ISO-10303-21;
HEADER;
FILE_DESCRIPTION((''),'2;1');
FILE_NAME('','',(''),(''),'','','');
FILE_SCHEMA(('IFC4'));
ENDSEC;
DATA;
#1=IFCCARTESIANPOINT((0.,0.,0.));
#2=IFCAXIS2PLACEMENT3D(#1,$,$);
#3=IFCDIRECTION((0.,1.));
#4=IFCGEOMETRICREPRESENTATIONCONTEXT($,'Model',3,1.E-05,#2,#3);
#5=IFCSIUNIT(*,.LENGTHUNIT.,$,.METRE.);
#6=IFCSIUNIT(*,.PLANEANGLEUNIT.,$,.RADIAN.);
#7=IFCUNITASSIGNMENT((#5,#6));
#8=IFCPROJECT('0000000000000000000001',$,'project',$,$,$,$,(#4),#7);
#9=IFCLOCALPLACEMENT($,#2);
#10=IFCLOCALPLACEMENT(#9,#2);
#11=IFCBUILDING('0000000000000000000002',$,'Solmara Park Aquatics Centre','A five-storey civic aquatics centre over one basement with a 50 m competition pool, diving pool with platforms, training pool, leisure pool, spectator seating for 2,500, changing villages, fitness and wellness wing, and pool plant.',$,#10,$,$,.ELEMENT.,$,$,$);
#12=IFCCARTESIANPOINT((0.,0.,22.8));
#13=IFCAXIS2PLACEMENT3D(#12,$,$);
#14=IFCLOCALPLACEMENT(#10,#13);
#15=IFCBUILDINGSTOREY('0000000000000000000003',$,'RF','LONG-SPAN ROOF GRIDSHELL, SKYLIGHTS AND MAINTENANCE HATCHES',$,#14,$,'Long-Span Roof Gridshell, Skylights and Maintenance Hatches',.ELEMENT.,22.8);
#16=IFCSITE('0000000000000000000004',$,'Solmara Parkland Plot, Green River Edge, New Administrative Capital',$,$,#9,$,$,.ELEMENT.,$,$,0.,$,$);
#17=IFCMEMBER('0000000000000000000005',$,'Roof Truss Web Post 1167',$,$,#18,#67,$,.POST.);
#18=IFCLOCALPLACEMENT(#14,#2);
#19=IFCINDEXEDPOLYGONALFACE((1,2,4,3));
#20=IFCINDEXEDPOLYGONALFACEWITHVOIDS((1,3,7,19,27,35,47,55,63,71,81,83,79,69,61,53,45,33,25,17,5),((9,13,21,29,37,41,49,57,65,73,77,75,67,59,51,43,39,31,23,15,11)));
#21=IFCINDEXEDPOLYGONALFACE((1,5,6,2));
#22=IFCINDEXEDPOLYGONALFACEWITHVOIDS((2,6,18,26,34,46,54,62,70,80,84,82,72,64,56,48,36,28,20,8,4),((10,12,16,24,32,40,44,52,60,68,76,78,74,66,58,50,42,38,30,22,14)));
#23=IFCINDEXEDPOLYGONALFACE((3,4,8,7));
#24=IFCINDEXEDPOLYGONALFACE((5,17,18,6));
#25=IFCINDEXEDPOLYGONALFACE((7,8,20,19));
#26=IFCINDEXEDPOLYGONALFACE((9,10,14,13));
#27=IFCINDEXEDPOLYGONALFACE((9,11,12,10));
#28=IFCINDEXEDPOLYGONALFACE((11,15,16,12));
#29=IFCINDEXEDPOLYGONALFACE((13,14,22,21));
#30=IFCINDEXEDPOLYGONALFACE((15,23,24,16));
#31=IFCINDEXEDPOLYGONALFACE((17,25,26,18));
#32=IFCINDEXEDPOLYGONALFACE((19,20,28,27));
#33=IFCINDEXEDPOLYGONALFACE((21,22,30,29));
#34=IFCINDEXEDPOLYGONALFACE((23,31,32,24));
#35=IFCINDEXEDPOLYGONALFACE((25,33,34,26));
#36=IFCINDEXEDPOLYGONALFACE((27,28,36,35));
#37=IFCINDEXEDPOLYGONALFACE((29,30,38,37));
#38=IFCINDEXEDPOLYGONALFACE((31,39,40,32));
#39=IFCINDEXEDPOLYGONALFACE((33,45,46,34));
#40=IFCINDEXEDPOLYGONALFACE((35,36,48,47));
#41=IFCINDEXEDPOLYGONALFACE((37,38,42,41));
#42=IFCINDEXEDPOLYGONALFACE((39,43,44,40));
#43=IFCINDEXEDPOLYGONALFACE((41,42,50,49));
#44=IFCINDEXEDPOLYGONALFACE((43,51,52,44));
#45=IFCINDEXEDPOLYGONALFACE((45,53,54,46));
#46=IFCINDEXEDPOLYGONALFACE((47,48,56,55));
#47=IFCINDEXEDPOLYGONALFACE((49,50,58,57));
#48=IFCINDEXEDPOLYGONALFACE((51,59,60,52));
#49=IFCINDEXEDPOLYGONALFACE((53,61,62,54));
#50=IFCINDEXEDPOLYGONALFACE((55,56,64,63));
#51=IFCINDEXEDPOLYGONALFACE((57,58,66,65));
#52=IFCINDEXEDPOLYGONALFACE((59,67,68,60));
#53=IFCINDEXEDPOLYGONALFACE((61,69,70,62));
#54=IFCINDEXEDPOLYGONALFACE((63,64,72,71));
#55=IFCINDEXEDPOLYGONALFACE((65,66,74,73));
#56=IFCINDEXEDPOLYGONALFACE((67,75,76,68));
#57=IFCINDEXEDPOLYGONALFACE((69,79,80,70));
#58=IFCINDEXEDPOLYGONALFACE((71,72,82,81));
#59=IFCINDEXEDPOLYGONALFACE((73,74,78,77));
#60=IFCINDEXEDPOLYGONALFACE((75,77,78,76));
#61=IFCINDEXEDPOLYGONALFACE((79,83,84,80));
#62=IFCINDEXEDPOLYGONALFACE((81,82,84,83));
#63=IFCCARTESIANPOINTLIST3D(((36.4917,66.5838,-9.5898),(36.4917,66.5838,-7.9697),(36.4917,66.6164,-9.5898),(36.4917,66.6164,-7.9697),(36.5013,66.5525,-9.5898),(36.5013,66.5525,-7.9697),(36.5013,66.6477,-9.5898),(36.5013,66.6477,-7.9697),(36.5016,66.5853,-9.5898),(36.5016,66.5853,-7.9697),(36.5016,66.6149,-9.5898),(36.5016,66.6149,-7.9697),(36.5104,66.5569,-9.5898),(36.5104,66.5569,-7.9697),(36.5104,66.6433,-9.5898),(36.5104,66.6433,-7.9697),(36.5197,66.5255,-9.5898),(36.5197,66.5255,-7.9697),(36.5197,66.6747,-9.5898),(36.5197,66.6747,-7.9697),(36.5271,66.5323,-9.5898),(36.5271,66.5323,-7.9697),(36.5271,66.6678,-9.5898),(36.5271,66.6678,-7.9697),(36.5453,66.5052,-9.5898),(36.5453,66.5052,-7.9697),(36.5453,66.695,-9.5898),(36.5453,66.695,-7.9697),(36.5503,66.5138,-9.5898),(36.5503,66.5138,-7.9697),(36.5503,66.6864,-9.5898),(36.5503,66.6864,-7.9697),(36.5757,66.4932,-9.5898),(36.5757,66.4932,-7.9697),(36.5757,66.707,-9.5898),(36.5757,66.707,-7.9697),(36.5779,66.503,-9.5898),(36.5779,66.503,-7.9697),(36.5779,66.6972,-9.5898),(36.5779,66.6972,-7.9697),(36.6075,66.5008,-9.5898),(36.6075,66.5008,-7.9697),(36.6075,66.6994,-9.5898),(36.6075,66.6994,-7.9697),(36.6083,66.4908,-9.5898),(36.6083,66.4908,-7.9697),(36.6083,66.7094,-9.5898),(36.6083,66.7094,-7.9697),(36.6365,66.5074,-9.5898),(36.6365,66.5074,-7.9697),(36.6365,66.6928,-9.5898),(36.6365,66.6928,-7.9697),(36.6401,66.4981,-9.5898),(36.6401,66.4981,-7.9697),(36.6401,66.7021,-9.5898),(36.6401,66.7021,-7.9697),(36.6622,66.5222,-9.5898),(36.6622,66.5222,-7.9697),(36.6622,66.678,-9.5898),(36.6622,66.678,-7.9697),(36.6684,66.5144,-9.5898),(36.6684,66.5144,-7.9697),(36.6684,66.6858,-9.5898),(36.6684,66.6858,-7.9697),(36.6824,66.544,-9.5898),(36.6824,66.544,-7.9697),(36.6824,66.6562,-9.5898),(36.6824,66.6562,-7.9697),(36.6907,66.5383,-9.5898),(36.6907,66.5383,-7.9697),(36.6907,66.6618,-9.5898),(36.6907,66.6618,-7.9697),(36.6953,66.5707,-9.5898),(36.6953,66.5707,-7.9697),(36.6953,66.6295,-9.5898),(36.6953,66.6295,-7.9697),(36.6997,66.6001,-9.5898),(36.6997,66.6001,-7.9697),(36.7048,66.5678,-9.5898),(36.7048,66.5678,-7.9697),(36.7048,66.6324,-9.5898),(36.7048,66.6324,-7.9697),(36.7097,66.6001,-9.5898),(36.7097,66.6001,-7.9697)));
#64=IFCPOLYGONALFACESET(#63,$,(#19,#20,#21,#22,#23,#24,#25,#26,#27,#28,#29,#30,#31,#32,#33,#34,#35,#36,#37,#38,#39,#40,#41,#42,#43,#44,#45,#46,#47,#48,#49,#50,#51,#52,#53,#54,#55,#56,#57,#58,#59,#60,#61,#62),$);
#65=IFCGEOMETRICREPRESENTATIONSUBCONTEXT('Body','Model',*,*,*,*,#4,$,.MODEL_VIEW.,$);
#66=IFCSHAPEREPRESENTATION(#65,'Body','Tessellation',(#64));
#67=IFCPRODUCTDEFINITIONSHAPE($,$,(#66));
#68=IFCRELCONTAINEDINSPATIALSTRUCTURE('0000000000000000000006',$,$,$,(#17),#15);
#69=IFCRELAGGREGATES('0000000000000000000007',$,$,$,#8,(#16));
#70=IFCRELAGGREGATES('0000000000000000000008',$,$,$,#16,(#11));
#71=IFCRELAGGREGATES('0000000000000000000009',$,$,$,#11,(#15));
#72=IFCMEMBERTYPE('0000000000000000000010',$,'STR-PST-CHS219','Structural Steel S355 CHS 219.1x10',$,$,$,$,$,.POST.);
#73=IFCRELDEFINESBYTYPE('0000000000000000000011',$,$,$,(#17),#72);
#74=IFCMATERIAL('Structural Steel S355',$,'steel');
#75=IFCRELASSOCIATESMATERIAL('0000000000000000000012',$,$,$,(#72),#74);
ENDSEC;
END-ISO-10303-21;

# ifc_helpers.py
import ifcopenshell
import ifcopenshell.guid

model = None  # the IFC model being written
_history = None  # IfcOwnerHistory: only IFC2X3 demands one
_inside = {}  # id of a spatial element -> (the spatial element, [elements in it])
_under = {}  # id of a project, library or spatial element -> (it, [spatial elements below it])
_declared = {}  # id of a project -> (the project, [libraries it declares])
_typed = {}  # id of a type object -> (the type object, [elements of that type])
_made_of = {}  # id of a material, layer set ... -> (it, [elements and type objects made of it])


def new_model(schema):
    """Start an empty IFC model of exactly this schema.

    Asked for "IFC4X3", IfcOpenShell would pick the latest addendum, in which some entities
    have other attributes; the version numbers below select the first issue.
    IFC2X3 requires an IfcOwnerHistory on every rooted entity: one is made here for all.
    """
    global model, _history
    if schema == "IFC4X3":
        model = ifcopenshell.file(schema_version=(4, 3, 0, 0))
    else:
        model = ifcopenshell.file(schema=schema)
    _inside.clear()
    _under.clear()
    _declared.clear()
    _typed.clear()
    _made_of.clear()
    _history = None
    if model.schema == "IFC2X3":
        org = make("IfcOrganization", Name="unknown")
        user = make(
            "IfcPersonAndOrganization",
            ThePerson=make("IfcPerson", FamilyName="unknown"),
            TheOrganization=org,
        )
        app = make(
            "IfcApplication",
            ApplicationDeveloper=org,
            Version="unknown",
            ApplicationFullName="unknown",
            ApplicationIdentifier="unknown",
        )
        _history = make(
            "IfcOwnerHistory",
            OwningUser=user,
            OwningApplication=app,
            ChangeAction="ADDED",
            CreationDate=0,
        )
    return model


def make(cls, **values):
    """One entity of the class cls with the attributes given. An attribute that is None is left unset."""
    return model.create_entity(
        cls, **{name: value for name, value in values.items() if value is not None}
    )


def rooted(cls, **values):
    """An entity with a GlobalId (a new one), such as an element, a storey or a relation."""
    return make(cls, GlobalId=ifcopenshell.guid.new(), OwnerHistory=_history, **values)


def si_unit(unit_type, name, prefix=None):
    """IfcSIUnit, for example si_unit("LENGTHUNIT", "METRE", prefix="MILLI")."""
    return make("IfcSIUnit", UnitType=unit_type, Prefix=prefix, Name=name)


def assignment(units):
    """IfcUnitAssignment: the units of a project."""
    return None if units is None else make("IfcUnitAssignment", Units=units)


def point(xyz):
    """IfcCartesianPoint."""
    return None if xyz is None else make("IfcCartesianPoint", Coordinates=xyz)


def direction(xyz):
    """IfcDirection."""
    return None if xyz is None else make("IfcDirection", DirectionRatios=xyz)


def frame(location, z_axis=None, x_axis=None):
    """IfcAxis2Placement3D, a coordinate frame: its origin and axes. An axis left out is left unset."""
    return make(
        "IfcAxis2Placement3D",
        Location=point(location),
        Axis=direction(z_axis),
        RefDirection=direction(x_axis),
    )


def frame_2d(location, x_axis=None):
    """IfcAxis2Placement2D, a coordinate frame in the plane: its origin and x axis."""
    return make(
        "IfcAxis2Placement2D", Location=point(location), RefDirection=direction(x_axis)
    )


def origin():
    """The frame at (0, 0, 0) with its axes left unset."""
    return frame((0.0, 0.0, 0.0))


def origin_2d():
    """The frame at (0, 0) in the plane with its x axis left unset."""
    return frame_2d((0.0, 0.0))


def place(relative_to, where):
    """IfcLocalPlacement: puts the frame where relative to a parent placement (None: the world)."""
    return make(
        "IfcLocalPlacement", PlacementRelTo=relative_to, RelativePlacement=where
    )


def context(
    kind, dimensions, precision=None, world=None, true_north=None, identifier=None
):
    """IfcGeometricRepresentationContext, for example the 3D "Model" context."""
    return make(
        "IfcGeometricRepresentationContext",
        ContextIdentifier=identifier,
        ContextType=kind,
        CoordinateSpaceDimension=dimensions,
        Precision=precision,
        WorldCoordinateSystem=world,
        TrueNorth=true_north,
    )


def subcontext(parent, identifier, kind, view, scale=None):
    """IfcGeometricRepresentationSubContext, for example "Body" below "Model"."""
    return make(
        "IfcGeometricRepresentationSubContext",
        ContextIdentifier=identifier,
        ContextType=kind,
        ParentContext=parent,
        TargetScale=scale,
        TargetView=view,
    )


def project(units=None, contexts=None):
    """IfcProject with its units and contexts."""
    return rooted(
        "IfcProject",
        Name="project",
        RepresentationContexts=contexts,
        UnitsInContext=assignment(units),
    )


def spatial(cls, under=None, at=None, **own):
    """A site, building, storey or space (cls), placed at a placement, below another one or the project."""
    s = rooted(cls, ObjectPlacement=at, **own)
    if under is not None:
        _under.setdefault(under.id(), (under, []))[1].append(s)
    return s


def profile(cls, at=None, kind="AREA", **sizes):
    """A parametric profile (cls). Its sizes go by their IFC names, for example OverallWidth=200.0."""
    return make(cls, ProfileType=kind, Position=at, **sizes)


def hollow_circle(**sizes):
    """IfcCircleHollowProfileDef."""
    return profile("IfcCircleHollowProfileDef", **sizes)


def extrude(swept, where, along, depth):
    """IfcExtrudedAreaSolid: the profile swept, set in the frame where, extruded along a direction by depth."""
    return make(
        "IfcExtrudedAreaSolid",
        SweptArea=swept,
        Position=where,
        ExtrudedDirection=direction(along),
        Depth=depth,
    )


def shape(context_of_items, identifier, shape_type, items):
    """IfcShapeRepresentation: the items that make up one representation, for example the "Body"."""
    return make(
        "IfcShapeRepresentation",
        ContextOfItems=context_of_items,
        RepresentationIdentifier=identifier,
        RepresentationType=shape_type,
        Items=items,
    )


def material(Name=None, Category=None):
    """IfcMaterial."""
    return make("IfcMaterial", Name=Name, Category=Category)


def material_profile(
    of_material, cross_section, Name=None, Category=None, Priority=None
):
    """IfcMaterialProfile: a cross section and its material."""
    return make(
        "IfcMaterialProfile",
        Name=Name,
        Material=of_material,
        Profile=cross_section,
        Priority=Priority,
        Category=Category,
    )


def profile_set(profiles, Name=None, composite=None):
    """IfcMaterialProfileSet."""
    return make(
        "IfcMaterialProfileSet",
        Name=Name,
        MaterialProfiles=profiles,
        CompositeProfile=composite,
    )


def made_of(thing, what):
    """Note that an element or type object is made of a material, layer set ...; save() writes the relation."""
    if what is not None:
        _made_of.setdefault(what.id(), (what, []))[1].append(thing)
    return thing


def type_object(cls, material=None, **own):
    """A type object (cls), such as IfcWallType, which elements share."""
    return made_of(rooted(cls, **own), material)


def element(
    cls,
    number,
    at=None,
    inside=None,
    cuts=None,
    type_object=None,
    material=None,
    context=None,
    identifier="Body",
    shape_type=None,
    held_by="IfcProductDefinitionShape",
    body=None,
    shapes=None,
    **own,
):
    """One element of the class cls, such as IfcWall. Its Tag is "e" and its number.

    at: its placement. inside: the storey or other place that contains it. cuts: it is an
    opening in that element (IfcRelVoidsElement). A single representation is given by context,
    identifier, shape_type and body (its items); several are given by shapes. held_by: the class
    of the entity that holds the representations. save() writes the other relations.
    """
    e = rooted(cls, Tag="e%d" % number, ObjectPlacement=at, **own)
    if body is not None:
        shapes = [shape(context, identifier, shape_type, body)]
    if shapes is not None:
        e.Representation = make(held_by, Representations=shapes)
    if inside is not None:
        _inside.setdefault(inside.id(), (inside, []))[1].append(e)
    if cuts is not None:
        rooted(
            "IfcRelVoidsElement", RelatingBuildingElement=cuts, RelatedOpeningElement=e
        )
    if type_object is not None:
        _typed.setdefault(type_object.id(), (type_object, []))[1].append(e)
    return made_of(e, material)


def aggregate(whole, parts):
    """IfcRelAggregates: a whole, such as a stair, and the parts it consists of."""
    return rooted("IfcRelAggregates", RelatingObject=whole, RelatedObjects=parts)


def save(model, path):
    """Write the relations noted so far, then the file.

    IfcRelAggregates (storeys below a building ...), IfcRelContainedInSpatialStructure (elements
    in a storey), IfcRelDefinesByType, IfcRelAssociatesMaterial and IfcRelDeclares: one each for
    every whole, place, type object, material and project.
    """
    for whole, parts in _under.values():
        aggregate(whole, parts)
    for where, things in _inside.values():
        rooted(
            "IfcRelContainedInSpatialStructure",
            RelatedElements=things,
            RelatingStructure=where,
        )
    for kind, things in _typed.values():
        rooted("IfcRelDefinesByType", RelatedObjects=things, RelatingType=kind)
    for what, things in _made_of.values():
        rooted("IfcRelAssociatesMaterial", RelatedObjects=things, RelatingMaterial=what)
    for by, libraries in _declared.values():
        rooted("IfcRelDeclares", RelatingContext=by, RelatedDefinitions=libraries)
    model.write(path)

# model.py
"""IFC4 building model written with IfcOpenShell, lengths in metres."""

from ifc_helpers import new_model, si_unit, direction, frame, origin, origin_2d, place, context, subcontext, project, spatial, hollow_circle, extrude, material, material_profile, profile_set, type_object, element, save


model = new_model("IFC4")

# Units and contexts
model_context = context("Model", 3, precision=1e-05, world=origin(), true_north=direction((0.0, 1.0)))
body_context = subcontext(model_context, "Body", "Model", "MODEL_VIEW")
ifc_project = project(units=[si_unit("LENGTHUNIT", "METRE"), si_unit("PLANEANGLEUNIT", "RADIAN")], contexts=[model_context])

# Site, building, storey
site_placement = place(None, origin())
site = spatial("IfcSite", under=ifc_project, at=site_placement, Name="Solmara Parkland Plot, Green River Edge, New Administrative Capital", CompositionType="ELEMENT", RefElevation=0.0)
building_placement = place(site_placement, origin())
building = spatial("IfcBuilding", under=site, at=building_placement, Name="Solmara Park Aquatics Centre", Description="A five-storey civic aquatics centre over one basement with a 50 m competition pool, diving pool with platforms, training pool, leisure pool, spectator seating for 2,500, changing villages, fitness and wellness wing, and pool plant.", CompositionType="ELEMENT")
storey_placement = place(building_placement, frame((0.0, 0.0, 22.8)))
storey = spatial("IfcBuildingStorey", under=building, at=storey_placement, Name="RF", Description="LONG-SPAN ROOF GRIDSHELL, SKYLIGHTS AND MAINTENANCE HATCHES", LongName="Long-Span Roof Gridshell, Skylights and Maintenance Hatches", CompositionType="ELEMENT", Elevation=22.8)

# Member
ifc_material_1 = material(Name="Structural Steel S355", Category="steel")
ifc_material_profile_1 = material_profile(ifc_material_1, hollow_circle(Radius=0.1096, WallThickness=0.01, at=origin_2d()), Name="CHS 219.1x10")
ifc_profile_set_1 = profile_set([ifc_material_profile_1], Name="Structural Steel S355")
member_type_1 = type_object("IfcMemberType", Name="STR-PST-CHS219", Description="Structural Steel S355 CHS 219.1x10", PredefinedType="POST", material=ifc_profile_set_1)
member_1_placement = place(storey_placement, frame((36.6001, 66.6001, -9.5898), z_axis=(0.0, 0.0, 1.0), x_axis=(1.0, 0.0, 0.0)))
element("IfcMember", 1, at=member_1_placement, inside=storey, type_object=member_type_1, Name="Roof Truss Web Post 1167", PredefinedType="POST", context=body_context, shape_type="SweptSolid", body=[
    extrude(hollow_circle(Radius=0.1096, WallThickness=0.01, at=origin_2d()), origin(), (0.0, 0.0, 1.0), 1.6201),
])

save(model, "model.ifc")
